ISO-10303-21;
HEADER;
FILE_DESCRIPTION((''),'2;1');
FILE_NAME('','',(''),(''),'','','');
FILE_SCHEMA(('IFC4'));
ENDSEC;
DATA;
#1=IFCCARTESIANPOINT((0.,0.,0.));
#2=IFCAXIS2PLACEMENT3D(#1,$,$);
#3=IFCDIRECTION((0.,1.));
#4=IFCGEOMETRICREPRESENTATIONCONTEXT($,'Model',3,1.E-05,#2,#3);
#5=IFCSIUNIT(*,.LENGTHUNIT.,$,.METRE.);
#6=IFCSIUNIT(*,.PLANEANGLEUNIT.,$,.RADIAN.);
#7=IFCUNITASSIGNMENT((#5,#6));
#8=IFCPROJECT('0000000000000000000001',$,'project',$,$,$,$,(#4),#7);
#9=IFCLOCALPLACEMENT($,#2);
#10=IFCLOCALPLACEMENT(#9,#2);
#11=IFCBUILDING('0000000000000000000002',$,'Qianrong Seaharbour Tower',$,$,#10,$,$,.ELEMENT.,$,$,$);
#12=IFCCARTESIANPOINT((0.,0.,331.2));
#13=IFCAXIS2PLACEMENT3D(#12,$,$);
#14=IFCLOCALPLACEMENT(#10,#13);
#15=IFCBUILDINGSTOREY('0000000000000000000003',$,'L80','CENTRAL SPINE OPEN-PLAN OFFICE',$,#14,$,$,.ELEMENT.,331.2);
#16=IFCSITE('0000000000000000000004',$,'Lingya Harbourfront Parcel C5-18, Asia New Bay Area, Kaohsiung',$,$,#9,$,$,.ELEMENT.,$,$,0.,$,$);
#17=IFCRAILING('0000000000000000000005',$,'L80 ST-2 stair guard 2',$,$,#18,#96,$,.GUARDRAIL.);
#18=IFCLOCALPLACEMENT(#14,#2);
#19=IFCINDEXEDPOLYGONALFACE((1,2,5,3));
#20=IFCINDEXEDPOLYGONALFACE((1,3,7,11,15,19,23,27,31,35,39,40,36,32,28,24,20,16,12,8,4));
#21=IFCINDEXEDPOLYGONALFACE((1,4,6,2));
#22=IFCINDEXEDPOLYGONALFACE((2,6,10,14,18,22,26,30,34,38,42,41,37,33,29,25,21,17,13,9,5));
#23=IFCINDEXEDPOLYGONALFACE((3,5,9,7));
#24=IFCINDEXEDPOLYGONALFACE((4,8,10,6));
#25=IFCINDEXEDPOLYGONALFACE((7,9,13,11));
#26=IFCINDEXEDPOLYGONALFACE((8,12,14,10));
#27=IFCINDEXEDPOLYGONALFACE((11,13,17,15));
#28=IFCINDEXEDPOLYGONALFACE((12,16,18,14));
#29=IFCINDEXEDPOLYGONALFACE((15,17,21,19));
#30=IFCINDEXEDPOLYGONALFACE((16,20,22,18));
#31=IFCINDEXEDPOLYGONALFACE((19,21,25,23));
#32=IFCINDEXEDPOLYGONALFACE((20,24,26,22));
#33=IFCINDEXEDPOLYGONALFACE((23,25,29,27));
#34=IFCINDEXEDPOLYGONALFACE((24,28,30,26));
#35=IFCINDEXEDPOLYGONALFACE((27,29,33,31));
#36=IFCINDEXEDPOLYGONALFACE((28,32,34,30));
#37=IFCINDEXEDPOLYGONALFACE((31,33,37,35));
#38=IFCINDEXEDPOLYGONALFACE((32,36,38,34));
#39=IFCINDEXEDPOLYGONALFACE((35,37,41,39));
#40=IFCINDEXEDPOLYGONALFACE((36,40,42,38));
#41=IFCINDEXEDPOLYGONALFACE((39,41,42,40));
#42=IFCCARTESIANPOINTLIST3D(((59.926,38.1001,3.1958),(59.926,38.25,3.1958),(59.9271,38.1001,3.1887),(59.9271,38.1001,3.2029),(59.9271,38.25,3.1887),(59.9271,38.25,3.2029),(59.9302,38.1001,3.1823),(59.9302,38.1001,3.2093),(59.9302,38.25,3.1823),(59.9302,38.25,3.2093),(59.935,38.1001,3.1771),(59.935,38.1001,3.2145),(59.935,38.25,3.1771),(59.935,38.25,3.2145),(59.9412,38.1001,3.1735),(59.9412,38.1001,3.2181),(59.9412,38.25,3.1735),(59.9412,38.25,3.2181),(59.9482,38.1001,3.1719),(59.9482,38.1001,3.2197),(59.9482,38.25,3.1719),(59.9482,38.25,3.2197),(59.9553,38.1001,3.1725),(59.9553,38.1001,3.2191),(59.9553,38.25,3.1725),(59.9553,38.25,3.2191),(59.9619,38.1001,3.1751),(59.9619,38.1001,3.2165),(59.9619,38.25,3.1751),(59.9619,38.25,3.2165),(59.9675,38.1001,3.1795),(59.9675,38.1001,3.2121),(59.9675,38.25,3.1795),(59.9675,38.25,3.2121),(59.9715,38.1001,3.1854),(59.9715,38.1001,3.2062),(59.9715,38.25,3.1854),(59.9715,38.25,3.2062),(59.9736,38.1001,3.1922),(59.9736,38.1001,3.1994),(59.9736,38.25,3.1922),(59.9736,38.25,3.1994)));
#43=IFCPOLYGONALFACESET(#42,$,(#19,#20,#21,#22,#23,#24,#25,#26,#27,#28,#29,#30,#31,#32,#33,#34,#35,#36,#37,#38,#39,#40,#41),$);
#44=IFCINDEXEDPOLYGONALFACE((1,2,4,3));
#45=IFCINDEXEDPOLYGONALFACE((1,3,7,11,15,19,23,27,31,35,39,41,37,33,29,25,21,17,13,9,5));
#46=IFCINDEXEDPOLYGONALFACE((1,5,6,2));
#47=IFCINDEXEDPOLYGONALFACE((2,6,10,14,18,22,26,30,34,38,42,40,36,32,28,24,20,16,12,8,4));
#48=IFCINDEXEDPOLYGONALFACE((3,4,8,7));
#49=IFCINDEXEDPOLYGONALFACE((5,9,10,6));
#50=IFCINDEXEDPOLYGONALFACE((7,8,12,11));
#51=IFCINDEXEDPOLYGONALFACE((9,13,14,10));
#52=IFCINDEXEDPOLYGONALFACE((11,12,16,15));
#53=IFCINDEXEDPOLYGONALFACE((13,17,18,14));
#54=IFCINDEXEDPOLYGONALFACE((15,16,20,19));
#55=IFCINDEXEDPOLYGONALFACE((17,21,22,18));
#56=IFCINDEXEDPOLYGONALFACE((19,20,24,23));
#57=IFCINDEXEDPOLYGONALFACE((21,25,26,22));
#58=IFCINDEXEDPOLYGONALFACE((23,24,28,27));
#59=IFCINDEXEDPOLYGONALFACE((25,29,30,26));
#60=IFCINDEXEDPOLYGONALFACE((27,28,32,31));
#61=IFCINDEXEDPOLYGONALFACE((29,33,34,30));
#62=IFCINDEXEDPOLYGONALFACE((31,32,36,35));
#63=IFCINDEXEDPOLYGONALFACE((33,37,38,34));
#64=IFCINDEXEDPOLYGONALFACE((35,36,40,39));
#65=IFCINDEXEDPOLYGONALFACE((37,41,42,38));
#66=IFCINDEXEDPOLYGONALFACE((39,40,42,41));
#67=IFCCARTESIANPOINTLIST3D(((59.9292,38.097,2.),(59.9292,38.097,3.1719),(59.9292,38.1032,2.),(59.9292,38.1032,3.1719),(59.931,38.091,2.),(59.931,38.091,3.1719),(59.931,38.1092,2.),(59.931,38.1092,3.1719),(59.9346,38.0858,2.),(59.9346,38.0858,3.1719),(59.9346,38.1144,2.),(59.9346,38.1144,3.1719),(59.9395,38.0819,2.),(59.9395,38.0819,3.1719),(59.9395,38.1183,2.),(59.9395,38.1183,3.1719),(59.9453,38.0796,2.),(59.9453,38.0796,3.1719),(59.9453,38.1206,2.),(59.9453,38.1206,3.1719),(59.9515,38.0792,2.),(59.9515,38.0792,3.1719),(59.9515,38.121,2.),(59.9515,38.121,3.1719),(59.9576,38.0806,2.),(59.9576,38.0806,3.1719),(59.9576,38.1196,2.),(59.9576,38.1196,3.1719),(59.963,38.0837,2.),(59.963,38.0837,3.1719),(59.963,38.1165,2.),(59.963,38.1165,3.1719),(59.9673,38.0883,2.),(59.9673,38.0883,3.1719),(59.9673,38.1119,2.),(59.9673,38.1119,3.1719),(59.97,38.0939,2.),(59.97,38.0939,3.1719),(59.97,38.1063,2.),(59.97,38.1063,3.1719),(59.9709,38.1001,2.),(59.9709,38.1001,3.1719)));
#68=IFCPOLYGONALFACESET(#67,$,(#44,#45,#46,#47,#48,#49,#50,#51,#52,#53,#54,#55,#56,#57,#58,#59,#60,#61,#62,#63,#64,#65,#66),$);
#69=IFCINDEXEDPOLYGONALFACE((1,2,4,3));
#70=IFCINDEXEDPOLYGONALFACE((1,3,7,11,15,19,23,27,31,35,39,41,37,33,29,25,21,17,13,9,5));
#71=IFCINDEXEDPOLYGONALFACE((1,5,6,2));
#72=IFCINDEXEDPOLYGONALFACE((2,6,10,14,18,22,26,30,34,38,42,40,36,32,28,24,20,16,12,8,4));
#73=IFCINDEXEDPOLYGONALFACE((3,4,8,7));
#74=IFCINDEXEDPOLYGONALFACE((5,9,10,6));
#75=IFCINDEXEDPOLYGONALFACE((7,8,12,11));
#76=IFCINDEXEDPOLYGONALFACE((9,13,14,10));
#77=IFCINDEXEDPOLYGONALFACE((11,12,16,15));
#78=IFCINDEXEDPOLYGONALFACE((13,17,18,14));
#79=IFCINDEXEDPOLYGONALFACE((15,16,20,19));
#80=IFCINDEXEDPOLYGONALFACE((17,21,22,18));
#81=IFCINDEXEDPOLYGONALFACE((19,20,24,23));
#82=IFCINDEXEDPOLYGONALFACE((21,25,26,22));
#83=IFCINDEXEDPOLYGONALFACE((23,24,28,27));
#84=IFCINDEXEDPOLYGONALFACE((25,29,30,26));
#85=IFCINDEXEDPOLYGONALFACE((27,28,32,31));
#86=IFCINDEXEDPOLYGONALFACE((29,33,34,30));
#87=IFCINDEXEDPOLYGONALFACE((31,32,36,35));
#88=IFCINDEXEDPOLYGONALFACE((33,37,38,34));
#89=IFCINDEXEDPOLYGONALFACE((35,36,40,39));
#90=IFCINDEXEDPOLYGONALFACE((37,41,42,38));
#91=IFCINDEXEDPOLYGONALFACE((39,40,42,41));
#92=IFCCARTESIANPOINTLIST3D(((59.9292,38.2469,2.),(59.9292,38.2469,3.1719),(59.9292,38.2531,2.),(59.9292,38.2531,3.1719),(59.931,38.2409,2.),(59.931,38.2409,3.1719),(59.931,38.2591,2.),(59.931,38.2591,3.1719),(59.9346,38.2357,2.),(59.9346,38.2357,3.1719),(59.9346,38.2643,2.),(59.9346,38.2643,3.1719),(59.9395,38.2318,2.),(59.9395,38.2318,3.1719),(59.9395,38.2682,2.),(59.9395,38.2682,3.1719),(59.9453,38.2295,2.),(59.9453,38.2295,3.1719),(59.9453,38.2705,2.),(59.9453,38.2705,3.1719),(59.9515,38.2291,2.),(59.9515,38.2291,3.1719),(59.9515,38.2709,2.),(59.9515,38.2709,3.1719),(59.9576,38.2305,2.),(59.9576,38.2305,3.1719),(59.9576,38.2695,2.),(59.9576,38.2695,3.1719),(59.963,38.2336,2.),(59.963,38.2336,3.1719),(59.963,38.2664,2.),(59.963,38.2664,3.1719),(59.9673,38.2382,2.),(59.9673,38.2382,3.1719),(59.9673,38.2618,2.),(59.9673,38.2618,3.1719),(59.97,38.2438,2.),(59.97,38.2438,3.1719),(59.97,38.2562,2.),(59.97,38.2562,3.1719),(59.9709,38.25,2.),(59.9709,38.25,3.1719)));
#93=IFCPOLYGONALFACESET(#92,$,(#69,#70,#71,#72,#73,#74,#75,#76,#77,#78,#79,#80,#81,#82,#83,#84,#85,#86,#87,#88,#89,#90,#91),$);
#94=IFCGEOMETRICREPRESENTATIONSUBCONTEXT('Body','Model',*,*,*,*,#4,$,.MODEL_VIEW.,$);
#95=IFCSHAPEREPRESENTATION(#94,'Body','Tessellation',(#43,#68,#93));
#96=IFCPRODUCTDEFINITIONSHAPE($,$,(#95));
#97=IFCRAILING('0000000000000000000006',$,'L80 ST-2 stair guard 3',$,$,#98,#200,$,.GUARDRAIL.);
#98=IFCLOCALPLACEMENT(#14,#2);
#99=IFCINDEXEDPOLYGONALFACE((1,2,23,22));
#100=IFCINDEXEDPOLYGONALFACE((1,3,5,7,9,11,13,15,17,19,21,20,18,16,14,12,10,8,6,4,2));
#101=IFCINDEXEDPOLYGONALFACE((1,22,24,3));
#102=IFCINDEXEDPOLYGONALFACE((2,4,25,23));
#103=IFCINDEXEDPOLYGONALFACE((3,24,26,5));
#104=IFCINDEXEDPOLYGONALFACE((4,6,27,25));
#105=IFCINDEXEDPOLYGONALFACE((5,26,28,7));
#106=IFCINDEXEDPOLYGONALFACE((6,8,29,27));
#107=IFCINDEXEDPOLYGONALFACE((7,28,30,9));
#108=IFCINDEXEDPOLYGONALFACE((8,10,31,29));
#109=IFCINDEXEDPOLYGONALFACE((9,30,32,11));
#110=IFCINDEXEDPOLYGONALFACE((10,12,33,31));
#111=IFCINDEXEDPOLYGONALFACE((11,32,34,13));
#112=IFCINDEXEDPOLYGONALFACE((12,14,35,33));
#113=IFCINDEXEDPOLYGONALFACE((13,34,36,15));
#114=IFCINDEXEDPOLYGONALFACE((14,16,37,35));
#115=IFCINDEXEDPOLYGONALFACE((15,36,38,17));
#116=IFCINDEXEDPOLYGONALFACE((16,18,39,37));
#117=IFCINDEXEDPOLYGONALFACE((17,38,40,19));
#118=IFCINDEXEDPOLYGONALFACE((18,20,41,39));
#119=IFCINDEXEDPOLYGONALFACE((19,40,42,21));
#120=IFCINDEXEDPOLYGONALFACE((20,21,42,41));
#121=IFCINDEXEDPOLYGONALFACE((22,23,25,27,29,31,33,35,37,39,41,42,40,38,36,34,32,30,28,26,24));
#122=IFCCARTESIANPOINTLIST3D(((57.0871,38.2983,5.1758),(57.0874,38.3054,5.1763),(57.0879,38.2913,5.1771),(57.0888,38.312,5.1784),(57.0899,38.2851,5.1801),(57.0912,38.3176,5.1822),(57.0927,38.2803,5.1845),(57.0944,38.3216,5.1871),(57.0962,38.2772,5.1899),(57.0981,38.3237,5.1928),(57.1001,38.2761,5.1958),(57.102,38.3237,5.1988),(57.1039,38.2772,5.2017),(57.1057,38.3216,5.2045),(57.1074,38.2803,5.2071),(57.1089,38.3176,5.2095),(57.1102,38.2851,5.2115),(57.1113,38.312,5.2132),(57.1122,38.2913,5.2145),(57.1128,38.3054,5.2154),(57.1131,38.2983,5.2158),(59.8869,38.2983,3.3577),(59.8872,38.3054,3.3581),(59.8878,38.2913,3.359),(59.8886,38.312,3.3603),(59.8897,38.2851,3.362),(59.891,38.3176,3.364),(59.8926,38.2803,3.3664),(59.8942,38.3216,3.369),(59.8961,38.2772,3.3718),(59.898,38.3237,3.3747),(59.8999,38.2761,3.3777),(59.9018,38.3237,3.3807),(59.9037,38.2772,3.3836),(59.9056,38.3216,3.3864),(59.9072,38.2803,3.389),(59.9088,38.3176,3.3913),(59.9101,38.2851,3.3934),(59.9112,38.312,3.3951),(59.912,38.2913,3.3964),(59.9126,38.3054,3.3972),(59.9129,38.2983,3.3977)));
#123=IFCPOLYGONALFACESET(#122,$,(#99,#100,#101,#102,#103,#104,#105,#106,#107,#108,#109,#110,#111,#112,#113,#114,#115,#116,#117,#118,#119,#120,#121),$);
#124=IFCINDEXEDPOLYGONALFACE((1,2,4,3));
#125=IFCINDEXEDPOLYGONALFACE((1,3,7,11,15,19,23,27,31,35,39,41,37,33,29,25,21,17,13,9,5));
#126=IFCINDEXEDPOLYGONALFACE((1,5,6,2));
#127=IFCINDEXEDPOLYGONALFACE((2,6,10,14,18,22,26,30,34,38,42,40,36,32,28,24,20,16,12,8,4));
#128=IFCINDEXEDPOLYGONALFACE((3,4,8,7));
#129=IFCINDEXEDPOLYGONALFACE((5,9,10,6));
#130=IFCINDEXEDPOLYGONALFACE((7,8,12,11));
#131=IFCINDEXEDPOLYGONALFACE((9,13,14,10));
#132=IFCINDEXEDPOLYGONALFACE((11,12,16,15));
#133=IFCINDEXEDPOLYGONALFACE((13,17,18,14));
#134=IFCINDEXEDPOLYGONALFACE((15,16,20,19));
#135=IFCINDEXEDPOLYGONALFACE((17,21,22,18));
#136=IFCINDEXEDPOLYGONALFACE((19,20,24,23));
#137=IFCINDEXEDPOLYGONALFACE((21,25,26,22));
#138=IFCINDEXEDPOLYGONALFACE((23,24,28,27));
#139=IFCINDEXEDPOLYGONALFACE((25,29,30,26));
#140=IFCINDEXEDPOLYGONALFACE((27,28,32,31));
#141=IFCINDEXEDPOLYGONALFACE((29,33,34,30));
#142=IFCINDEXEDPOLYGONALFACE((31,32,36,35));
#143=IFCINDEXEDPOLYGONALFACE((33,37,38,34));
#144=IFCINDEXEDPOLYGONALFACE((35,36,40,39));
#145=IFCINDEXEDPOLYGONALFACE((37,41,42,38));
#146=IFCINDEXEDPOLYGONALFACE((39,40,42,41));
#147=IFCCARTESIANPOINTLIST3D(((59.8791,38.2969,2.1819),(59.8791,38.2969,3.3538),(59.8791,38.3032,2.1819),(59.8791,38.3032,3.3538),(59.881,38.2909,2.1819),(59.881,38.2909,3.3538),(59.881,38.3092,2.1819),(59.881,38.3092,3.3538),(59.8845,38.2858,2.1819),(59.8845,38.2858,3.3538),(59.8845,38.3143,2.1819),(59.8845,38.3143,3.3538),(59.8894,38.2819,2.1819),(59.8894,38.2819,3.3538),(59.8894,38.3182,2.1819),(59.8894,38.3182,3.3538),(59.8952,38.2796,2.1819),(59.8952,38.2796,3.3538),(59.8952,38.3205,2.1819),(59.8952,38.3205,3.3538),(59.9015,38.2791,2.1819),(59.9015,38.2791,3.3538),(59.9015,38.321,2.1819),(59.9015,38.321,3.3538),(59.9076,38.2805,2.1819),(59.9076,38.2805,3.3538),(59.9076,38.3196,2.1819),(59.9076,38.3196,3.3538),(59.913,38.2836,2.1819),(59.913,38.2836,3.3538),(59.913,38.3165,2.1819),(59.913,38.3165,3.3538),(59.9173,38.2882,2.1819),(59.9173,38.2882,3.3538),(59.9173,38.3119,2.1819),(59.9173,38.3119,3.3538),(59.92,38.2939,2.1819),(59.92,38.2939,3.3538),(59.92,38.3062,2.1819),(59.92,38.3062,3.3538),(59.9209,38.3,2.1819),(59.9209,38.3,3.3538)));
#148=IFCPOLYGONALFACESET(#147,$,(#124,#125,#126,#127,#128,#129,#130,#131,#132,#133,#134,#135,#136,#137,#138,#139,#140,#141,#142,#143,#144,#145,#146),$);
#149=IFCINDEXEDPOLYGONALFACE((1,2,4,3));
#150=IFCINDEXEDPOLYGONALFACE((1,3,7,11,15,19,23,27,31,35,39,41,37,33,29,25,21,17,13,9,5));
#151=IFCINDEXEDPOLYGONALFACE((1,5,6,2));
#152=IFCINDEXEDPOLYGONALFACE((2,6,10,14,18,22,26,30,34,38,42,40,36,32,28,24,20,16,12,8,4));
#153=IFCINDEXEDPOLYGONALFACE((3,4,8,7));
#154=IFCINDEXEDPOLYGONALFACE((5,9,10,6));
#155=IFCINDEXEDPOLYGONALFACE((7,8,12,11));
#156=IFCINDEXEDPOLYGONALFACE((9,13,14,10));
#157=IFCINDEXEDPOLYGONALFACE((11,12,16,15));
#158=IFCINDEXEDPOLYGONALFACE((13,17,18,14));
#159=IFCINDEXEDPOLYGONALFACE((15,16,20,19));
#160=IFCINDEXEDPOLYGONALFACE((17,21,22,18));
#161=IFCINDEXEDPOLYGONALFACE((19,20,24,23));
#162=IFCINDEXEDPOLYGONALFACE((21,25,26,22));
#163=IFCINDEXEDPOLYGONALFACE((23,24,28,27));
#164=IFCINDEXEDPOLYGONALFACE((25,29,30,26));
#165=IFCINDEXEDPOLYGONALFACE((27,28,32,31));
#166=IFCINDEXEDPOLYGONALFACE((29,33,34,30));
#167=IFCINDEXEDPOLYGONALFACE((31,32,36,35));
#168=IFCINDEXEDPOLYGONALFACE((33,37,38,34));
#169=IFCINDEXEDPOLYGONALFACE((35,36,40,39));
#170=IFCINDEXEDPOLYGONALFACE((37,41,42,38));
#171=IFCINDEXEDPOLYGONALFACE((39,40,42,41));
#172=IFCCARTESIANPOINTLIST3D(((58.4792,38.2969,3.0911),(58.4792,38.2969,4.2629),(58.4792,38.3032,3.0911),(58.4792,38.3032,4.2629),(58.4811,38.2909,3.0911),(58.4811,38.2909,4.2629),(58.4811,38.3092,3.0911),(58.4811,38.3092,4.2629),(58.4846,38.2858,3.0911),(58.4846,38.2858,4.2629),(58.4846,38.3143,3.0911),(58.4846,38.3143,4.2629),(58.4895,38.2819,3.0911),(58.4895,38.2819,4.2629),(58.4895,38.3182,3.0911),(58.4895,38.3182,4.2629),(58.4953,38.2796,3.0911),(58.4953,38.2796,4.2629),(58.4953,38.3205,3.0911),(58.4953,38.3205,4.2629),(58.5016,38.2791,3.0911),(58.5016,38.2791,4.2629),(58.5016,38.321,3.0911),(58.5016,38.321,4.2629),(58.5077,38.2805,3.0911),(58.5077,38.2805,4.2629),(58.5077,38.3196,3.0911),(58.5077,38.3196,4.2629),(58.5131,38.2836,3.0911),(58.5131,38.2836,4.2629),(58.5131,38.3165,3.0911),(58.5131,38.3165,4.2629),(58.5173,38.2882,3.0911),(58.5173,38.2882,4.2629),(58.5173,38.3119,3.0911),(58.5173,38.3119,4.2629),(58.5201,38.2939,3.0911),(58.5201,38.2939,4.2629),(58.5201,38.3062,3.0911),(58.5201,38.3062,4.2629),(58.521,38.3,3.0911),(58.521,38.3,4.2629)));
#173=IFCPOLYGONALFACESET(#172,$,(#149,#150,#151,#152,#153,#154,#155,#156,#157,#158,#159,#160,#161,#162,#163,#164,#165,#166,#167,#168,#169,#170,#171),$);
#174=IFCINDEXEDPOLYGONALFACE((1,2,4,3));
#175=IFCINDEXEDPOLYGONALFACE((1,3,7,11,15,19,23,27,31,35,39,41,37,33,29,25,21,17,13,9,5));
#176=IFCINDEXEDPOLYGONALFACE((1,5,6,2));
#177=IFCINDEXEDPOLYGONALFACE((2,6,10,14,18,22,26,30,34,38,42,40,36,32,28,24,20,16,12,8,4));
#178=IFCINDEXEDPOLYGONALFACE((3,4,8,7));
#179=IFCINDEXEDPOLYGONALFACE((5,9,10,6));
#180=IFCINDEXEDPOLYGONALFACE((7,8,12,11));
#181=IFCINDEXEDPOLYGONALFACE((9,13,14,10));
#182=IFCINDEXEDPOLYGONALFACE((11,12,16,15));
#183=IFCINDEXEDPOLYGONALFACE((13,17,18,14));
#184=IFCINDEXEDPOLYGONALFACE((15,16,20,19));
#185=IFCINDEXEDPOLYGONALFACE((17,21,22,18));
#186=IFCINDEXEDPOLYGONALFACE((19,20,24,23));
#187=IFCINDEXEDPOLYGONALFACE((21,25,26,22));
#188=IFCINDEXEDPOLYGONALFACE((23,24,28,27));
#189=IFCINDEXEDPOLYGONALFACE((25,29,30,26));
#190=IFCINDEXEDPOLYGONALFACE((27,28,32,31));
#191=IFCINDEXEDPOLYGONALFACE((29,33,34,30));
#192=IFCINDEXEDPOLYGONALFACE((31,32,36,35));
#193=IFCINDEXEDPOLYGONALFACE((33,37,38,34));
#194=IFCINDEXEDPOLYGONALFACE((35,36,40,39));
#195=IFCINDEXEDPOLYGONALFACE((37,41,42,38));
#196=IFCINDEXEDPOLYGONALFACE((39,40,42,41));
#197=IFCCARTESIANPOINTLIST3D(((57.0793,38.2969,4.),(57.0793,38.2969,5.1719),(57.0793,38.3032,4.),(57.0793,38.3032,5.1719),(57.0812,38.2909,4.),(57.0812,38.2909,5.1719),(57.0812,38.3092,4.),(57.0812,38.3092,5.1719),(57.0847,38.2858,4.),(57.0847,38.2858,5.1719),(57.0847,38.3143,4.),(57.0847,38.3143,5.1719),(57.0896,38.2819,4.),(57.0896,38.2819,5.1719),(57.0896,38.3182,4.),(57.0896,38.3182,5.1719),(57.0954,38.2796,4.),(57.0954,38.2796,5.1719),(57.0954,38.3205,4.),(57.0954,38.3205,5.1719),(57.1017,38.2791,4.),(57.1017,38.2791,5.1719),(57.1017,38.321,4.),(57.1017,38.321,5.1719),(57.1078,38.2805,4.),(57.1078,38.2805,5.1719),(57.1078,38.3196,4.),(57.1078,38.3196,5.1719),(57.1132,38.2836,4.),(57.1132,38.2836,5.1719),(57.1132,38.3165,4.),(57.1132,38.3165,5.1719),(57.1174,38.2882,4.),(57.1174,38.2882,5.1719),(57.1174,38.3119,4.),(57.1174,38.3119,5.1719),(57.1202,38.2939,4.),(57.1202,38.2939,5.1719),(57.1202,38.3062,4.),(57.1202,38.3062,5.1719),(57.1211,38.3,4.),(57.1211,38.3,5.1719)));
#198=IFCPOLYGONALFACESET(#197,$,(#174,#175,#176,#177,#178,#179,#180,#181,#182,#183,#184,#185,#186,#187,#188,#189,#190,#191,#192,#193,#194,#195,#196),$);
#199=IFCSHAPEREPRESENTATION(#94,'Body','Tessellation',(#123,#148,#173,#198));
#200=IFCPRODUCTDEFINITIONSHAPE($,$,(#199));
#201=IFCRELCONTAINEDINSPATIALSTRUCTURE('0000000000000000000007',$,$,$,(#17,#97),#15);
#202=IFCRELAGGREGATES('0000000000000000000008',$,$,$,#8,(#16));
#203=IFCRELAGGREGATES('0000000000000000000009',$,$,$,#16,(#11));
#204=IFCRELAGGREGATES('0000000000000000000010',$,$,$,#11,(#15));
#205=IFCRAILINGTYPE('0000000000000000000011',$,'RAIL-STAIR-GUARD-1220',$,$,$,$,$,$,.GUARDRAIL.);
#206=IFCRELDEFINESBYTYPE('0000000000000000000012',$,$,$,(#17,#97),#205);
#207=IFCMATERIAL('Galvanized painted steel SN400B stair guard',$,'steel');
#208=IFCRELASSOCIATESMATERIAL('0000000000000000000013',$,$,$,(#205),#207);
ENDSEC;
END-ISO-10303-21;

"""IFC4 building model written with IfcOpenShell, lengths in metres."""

from ifc_helpers import new_model, si_unit, direction, frame, origin, origin_2d, place, context, subcontext, project, spatial, circle, extrude, material, type_object, element, save


model = new_model("IFC4")

# Units and contexts
model_context = context("Model", 3, precision=1e-05, world=origin(), true_north=direction((0.0, 1.0)))
body_context = subcontext(model_context, "Body", "Model", "MODEL_VIEW")
ifc_project = project(units=[si_unit("LENGTHUNIT", "METRE"), si_unit("PLANEANGLEUNIT", "RADIAN")], contexts=[model_context])

# Site, building, storey
site_placement = place(None, origin())
site = spatial("IfcSite", under=ifc_project, at=site_placement, Name="Lingya Harbourfront Parcel C5-18, Asia New Bay Area, Kaohsiung", CompositionType="ELEMENT", RefElevation=0.0)
building_placement = place(site_placement, origin())
building = spatial("IfcBuilding", under=site, at=building_placement, Name="Qianrong Seaharbour Tower", CompositionType="ELEMENT")
storey_placement = place(building_placement, frame((0.0, 0.0, 331.2)))
storey = spatial("IfcBuildingStorey", under=building, at=storey_placement, Name="L80", Description="CENTRAL SPINE OPEN-PLAN OFFICE", CompositionType="ELEMENT", Elevation=331.2)

# Railings
ifc_material_1 = material(Name="Galvanized painted steel SN400B stair guard", Category="steel")
railing_type_1 = type_object("IfcRailingType", Name="RAIL-STAIR-GUARD-1220", PredefinedType="GUARDRAIL", material=ifc_material_1)
railing_1_placement = place(storey_placement, frame((59.95, 38.1001, 2.0)))
element("IfcRailing", 1, at=railing_1_placement, inside=storey, type_object=railing_type_1, Name="L80 ST-2 stair guard 2", PredefinedType="GUARDRAIL", context=body_context, shape_type="SweptSolid", body=[
    extrude(circle(Radius=0.0239, at=origin_2d()), frame((0.0, 0.0, 1.1958), z_axis=(0.0, 1.0, 0.0), x_axis=(-1.0, 0.0, 0.0)), (0.0, 0.0, 1.0), 0.1499),
    extrude(circle(Radius=0.021, at=origin_2d()), origin(), (0.0, 0.0, 1.0), 1.1719),
    extrude(circle(Radius=0.021, at=origin_2d()), frame((0.0, 0.1499, 0.0)), (0.0, 0.0, 1.0), 1.1719),
])
railing_2_placement = place(storey_placement, frame((59.8999, 38.3, 2.1819)))
element("IfcRailing", 2, at=railing_2_placement, inside=storey, type_object=railing_type_1, Name="L80 ST-2 stair guard 3", PredefinedType="GUARDRAIL", context=body_context, shape_type="SweptSolid", body=[
    extrude(circle(Radius=0.0239, at=origin_2d()), frame((0.0, 0.0, 1.1958), z_axis=(-0.838684, 0.0, 0.544618), x_axis=(0.0, -1.0, 0.0)), (0.0, 0.0, 1.0), 3.3384),
    extrude(circle(Radius=0.021, at=origin_2d()), origin(), (0.0, 0.0, 1.0), 1.1719),
    extrude(circle(Radius=0.021, at=origin_2d()), frame((-1.3999, 0.0, 0.9092)), (0.0, 0.0, 1.0), 1.1719),
    extrude(circle(Radius=0.021, at=origin_2d()), frame((-2.7998, 0.0, 1.8181)), (0.0, 0.0, 1.0), 1.1719),
])

save(model, "model.ifc")
